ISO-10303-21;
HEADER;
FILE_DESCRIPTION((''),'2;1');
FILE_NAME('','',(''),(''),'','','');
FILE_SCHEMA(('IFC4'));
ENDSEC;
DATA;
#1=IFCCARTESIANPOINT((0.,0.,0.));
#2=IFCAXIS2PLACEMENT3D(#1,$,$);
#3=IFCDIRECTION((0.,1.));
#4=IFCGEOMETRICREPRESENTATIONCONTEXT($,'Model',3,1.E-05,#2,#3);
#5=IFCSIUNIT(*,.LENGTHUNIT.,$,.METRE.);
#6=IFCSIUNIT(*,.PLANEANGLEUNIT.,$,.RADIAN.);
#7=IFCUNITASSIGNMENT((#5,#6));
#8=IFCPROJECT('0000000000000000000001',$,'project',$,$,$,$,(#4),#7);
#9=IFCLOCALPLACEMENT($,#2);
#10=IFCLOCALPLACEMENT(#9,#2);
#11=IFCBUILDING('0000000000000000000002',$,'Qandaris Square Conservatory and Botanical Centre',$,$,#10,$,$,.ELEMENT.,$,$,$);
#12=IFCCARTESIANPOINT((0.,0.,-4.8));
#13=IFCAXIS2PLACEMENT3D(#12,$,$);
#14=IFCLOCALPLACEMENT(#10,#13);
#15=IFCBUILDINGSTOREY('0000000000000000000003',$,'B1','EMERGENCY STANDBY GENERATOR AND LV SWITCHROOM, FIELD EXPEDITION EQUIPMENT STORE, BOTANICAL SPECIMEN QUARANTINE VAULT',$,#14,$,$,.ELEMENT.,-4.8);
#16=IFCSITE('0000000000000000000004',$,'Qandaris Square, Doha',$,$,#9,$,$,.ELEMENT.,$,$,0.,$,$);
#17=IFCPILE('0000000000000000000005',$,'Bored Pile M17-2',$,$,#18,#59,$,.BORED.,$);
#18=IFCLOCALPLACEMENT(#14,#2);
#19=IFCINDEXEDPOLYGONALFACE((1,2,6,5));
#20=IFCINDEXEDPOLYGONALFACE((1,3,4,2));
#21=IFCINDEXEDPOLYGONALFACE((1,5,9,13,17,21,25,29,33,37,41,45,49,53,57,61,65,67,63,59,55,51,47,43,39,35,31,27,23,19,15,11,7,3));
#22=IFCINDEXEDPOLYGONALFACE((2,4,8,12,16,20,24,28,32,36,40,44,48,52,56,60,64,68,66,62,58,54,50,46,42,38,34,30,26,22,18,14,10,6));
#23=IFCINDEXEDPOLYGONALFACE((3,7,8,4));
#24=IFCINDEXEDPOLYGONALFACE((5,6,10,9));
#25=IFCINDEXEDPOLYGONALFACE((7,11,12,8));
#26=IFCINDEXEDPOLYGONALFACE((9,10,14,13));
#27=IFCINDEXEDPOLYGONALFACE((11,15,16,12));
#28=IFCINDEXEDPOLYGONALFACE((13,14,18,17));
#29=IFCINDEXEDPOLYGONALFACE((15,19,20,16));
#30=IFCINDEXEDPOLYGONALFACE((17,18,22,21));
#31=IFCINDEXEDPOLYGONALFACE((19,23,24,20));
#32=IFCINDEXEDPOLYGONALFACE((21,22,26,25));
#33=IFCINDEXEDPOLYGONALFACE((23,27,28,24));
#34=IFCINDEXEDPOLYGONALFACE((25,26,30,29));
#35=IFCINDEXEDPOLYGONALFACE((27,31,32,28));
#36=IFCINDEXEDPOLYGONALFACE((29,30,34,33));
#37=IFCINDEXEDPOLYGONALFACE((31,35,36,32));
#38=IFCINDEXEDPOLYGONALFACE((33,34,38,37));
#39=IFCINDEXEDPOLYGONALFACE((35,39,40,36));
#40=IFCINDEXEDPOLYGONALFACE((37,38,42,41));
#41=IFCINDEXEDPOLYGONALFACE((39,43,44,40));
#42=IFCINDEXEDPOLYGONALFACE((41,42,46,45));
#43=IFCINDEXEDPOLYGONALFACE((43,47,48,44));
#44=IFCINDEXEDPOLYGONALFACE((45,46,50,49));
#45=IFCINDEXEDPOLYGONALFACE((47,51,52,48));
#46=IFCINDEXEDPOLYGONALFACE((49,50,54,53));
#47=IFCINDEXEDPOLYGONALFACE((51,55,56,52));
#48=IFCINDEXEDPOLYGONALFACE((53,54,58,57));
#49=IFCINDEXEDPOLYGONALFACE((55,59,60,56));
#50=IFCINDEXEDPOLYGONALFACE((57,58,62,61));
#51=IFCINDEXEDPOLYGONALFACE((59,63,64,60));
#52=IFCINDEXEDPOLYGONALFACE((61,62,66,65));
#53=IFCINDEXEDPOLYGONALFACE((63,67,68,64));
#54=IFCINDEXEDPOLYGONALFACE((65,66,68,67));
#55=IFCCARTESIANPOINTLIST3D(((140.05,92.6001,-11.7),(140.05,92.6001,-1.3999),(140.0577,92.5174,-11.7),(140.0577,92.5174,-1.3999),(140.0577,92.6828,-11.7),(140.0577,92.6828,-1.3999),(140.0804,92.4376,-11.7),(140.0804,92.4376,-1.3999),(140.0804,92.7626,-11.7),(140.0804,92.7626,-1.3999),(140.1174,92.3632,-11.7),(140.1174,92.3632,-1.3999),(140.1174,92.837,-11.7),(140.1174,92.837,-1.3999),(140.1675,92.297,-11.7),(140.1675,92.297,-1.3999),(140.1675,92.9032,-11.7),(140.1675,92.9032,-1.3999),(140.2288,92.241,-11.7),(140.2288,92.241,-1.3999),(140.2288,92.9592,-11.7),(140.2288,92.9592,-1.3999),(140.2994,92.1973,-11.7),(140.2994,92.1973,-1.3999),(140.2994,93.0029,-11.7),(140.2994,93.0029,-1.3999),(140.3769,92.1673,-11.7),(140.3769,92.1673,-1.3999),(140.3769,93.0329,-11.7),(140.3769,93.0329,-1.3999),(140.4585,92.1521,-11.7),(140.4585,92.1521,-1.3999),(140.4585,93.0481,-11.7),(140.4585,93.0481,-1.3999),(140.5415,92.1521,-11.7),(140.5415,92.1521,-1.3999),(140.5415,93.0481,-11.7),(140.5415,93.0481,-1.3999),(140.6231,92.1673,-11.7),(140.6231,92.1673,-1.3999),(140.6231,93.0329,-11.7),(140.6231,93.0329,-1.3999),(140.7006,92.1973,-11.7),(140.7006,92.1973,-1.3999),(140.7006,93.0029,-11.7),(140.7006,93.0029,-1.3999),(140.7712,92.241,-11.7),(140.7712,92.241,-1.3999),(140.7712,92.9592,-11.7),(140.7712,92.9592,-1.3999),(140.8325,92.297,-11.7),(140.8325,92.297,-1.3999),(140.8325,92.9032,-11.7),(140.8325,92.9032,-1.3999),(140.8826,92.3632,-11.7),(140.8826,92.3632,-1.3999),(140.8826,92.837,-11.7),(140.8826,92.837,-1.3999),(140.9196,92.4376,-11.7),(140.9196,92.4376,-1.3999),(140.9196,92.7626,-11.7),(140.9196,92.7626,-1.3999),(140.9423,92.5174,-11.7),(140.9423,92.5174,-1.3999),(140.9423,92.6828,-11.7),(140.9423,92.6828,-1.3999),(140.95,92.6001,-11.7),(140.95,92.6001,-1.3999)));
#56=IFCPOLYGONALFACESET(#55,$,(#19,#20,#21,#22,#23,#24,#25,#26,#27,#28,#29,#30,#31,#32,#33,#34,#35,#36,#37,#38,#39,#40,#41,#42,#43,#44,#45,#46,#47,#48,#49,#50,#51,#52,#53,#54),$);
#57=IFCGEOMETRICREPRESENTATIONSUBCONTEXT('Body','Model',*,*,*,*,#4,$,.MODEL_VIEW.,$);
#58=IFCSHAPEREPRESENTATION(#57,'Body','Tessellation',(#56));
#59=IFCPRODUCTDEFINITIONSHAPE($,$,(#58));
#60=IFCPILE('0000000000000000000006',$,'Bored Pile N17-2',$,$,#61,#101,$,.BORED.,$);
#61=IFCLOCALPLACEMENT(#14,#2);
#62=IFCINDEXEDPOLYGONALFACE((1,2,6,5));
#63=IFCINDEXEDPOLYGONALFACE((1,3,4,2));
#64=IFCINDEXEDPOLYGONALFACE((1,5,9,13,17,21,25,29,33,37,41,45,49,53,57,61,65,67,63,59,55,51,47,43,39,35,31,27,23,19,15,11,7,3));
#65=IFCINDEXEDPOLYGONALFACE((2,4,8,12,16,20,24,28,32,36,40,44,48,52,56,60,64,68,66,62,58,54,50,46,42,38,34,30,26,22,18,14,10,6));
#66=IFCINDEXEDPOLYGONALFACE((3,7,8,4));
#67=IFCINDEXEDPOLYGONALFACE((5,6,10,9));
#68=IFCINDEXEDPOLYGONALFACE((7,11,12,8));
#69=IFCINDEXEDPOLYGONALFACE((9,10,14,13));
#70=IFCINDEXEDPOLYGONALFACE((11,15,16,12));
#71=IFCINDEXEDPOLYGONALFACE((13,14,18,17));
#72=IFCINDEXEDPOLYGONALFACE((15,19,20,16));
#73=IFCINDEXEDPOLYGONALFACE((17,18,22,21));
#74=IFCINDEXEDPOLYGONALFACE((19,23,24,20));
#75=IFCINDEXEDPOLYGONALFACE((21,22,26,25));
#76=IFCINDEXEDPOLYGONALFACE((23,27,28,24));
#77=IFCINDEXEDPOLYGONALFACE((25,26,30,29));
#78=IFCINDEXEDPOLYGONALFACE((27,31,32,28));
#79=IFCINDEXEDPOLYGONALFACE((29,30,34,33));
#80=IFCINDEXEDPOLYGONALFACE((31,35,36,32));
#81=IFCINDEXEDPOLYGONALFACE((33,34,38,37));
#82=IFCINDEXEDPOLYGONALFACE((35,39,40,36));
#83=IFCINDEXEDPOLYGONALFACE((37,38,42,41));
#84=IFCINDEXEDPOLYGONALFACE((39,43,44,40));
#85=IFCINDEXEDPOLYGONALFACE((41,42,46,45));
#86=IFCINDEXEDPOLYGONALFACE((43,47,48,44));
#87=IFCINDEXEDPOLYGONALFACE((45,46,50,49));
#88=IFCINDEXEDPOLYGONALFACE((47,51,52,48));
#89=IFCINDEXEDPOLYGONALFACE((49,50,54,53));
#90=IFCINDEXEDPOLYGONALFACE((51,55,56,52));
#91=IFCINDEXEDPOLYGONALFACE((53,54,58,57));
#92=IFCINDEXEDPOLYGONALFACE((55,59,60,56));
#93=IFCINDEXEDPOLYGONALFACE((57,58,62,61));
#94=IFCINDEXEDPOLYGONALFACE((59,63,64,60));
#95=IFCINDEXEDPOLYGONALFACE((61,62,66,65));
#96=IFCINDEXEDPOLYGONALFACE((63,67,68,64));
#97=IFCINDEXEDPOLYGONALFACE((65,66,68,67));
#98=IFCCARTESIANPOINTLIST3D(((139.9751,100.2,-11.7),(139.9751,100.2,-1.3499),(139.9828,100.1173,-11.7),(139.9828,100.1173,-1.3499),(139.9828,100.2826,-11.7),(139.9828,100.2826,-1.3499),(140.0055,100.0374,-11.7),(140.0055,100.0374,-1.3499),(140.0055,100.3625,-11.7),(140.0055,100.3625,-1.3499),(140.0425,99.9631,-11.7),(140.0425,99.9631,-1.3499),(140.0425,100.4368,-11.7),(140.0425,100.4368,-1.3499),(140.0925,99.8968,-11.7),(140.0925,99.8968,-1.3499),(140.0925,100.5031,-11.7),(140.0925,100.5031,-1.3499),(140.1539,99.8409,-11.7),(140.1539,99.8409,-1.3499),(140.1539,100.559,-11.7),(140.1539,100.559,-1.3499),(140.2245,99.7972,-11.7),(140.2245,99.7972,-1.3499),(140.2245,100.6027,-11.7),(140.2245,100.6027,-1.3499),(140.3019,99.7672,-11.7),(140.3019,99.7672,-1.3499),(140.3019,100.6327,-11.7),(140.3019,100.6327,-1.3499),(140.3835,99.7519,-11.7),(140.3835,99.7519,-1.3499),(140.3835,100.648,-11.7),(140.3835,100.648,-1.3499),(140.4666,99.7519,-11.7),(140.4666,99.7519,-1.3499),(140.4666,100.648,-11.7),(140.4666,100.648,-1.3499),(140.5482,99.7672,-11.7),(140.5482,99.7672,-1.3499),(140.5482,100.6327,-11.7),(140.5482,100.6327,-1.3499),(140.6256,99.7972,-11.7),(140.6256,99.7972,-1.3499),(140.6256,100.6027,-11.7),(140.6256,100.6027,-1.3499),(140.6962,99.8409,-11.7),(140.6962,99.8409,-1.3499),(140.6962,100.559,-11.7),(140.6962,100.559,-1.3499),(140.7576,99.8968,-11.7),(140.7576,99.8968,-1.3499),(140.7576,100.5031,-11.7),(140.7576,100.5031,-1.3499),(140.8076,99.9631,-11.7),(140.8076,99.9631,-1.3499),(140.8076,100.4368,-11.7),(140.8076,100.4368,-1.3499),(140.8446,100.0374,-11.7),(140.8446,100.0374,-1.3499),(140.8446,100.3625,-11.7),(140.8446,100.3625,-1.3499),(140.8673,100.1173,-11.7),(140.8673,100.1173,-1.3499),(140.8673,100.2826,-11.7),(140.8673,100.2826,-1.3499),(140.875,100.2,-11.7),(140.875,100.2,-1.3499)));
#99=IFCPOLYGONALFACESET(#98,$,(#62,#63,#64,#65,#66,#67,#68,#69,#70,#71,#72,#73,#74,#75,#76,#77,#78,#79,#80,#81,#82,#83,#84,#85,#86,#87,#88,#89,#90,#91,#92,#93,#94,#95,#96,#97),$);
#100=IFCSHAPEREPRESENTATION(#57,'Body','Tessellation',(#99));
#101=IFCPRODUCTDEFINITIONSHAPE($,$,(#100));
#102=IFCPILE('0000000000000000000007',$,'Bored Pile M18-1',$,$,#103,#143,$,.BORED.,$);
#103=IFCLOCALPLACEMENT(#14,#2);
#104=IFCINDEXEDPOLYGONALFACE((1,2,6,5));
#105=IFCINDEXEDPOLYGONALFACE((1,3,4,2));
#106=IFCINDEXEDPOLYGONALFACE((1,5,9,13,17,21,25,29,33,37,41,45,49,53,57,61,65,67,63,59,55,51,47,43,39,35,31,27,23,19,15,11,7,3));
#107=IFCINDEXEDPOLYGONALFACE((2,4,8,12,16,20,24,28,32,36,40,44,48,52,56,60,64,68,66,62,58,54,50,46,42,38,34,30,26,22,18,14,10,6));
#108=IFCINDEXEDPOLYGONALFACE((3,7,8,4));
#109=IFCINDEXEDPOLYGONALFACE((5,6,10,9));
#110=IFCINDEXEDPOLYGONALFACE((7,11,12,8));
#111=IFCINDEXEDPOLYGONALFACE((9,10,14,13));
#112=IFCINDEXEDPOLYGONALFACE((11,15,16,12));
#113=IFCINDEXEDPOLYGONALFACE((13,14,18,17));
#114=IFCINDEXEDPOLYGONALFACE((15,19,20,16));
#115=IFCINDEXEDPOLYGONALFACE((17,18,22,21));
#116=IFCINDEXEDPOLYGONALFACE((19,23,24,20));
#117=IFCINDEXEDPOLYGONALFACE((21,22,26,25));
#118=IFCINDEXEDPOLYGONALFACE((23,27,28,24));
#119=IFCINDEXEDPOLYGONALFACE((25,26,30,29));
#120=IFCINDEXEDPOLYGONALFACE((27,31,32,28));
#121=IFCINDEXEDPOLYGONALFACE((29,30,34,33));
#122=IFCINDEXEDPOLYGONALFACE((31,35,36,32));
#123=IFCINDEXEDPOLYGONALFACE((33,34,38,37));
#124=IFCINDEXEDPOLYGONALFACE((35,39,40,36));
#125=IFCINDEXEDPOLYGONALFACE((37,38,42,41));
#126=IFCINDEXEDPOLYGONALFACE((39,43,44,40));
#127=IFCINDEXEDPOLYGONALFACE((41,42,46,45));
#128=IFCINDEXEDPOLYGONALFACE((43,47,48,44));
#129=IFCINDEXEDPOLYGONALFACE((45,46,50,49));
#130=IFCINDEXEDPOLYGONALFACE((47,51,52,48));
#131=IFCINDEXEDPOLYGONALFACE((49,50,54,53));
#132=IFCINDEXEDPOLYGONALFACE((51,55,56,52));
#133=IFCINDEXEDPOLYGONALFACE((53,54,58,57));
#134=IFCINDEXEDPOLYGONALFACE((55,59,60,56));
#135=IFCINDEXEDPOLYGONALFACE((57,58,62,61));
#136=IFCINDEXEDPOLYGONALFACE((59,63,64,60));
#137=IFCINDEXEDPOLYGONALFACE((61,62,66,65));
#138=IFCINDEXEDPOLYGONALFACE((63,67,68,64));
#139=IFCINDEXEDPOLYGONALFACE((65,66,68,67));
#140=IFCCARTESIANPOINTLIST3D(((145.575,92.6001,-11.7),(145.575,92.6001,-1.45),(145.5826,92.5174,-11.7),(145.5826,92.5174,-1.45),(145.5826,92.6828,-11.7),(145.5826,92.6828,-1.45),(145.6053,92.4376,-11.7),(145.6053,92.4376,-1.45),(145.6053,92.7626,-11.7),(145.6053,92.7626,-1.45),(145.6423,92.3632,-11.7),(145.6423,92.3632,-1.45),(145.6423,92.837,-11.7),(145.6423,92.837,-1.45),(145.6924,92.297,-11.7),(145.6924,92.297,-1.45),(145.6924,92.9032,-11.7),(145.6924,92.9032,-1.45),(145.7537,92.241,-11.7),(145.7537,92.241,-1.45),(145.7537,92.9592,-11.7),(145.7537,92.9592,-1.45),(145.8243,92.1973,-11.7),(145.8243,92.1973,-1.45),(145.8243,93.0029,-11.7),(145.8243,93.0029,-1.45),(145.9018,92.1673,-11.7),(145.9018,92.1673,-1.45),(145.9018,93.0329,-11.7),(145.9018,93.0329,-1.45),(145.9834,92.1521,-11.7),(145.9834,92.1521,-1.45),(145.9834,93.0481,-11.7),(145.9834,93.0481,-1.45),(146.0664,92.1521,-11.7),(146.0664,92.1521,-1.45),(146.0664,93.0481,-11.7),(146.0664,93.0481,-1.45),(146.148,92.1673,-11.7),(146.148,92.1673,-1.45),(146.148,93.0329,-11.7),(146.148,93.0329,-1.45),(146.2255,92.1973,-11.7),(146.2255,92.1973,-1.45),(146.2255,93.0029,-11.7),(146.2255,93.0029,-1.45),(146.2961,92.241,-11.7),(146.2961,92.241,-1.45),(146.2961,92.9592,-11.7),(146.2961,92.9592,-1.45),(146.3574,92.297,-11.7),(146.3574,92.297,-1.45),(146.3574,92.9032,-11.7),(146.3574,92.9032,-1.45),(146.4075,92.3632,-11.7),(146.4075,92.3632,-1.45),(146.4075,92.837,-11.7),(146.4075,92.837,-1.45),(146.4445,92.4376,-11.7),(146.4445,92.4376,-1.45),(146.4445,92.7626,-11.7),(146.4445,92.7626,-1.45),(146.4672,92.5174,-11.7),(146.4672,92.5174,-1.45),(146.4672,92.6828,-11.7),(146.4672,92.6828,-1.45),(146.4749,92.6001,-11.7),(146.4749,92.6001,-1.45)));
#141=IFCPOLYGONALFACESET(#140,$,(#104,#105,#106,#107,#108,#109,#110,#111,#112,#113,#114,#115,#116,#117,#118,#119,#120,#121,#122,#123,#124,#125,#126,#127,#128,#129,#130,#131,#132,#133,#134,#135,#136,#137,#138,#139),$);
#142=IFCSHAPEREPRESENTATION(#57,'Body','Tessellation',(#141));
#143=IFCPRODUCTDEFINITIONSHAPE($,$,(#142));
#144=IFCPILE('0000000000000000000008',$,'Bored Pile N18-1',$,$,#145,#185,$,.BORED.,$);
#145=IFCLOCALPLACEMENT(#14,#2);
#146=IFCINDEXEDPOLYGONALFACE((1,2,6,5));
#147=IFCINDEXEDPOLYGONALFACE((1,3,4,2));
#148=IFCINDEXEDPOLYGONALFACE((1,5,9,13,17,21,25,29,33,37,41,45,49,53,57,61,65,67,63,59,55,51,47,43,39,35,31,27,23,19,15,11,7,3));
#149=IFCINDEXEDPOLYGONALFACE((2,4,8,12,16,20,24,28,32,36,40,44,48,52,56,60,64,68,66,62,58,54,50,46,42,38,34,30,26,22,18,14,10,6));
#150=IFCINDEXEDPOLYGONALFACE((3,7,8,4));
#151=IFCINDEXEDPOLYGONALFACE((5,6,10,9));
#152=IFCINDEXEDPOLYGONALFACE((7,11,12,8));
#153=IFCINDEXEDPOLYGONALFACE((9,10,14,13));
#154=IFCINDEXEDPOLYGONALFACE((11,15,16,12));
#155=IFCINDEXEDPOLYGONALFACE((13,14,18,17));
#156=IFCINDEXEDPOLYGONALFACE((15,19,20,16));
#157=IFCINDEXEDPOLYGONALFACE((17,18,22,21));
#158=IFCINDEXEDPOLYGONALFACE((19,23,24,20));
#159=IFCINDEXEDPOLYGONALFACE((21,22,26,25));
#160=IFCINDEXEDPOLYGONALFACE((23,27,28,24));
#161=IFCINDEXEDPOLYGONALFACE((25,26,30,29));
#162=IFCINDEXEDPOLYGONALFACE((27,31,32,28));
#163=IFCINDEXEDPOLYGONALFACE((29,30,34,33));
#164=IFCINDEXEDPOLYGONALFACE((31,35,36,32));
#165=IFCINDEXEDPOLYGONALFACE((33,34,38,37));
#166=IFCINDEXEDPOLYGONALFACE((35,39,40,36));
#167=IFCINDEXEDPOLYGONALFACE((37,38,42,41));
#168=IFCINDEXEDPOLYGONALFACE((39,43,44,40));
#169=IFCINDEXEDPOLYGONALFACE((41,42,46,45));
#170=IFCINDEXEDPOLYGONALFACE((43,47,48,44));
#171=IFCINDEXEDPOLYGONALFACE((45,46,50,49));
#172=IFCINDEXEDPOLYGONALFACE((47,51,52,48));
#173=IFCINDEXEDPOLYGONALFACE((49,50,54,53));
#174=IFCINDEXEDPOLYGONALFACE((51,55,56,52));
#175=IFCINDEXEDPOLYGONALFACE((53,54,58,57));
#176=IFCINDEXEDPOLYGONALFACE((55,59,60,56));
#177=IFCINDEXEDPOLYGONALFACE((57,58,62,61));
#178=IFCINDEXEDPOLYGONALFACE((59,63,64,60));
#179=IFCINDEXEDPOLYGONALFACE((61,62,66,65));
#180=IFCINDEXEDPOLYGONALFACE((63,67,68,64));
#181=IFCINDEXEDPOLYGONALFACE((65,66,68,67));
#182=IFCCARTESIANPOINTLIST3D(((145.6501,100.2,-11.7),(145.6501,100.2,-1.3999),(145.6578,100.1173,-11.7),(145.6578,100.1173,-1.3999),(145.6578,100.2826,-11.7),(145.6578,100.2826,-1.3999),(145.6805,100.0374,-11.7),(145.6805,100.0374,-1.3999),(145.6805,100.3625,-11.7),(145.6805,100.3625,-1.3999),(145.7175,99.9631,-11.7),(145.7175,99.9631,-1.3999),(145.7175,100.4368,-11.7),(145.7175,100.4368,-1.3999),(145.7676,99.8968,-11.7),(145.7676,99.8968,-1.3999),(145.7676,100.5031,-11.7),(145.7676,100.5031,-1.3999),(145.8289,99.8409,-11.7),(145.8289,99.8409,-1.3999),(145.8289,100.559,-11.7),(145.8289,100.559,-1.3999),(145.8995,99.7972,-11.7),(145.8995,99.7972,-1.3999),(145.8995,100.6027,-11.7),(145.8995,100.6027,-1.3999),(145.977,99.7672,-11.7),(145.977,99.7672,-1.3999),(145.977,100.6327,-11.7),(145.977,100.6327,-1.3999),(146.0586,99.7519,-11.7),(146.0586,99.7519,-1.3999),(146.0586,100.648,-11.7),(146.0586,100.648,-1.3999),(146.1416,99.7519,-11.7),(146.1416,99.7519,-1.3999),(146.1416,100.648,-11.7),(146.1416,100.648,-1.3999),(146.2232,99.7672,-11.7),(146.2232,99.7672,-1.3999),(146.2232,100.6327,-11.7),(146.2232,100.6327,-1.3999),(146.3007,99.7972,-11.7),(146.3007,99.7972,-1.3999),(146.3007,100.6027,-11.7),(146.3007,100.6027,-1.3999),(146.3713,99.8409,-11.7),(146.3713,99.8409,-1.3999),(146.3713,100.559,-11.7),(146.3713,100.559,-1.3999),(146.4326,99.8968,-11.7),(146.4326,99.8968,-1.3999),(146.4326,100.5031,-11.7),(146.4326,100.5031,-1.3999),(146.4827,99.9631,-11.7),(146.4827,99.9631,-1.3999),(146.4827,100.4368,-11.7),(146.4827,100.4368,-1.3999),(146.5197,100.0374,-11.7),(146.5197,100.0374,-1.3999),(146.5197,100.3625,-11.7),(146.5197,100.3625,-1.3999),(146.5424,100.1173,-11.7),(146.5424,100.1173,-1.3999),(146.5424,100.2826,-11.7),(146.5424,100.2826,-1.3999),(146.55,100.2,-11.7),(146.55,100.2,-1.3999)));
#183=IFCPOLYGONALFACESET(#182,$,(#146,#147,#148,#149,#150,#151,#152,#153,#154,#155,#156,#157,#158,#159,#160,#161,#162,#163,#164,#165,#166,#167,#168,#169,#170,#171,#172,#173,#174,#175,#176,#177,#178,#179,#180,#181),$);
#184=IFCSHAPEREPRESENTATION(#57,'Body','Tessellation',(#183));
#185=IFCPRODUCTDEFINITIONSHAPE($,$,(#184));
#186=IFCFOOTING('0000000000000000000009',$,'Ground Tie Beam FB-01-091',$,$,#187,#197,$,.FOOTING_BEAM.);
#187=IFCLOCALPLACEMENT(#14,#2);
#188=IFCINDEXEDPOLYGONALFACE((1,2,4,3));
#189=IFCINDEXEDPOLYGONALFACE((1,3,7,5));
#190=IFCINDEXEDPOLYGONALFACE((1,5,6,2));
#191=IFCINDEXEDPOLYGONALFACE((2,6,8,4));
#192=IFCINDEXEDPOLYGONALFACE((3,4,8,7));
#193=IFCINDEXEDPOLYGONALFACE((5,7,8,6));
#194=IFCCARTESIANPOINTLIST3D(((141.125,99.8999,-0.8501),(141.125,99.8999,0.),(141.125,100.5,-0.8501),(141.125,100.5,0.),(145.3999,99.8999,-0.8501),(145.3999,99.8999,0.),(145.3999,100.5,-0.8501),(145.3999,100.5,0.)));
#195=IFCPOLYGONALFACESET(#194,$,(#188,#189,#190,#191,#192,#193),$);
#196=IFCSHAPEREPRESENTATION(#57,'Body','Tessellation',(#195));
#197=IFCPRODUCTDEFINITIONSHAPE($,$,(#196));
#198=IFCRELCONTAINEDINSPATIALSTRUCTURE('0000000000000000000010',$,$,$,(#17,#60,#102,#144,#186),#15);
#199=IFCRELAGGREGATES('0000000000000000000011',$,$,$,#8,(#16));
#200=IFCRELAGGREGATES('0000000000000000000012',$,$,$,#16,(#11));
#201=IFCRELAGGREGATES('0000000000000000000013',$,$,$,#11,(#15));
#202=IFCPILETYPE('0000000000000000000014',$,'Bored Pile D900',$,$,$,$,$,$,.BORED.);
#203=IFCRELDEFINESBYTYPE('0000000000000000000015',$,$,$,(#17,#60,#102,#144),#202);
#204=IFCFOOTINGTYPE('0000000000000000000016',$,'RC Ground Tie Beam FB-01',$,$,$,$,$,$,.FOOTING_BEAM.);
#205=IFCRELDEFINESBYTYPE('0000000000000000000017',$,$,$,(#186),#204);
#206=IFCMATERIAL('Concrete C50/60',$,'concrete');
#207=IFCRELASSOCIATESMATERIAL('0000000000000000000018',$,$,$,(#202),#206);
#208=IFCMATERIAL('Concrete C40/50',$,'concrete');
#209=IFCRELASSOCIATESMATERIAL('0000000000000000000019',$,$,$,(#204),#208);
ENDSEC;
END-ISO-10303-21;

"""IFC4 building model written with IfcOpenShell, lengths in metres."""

from ifc_helpers import new_model, si_unit, direction, frame, origin, origin_2d, place, context, subcontext, project, spatial, rectangle, circle, extrude, material, material_profile, profile_set, type_object, element, save


model = new_model("IFC4")

# Units and contexts
model_context = context("Model", 3, precision=1e-05, world=origin(), true_north=direction((0.0, 1.0)))
body_context = subcontext(model_context, "Body", "Model", "MODEL_VIEW")
ifc_project = project(units=[si_unit("LENGTHUNIT", "METRE"), si_unit("PLANEANGLEUNIT", "RADIAN")], contexts=[model_context])

# Site, building, storey
site_placement = place(None, origin())
site = spatial("IfcSite", under=ifc_project, at=site_placement, Name="Qandaris Square, Doha", CompositionType="ELEMENT", RefElevation=0.0)
building_placement = place(site_placement, origin())
building = spatial("IfcBuilding", under=site, at=building_placement, Name="Qandaris Square Conservatory and Botanical Centre", CompositionType="ELEMENT")
storey_placement = place(building_placement, frame((0.0, 0.0, -4.8)))
storey = spatial("IfcBuildingStorey", under=building, at=storey_placement, Name="B1", Description="EMERGENCY STANDBY GENERATOR AND LV SWITCHROOM, FIELD EXPEDITION EQUIPMENT STORE, BOTANICAL SPECIMEN QUARANTINE VAULT", CompositionType="ELEMENT", Elevation=-4.8)

# Piles
ifc_material_1 = material(Name="Concrete C50/60", Category="concrete")
ifc_material_profile_1 = material_profile(ifc_material_1, circle(Radius=0.45, at=origin_2d()), Name="PILE D900")
ifc_profile_set_1 = profile_set([ifc_material_profile_1], Name="Concrete C50/60")
pile_type = type_object("IfcPileType", Name="Bored Pile D900", PredefinedType="BORED", material=ifc_profile_set_1)
pile_1_placement = place(storey_placement, frame((140.5, 92.6001, -1.3999), z_axis=(0.0, 0.0, -1.0), x_axis=(1.0, 0.0, 0.0)))
element("IfcPile", 1, at=pile_1_placement, inside=storey, type_object=pile_type, Name="Bored Pile M17-2", PredefinedType="BORED", context=body_context, shape_type="SweptSolid", body=[
    extrude(circle(Radius=0.45, at=origin_2d()), origin(), (0.0, 0.0, 1.0), 10.3),
])
pile_2_placement = place(storey_placement, frame((140.425, 100.2, -1.3499), z_axis=(0.0, 0.0, -1.0), x_axis=(1.0, 0.0, 0.0)))
element("IfcPile", 2, at=pile_2_placement, inside=storey, type_object=pile_type, Name="Bored Pile N17-2", PredefinedType="BORED", context=body_context, shape_type="SweptSolid", body=[
    extrude(circle(Radius=0.45, at=origin_2d()), origin(), (0.0, 0.0, 1.0), 10.3501),
])
pile_3_placement = place(storey_placement, frame((146.0249, 92.6001, -1.45), z_axis=(0.0, 0.0, -1.0), x_axis=(1.0, 0.0, 0.0)))
element("IfcPile", 3, at=pile_3_placement, inside=storey, type_object=pile_type, Name="Bored Pile M18-1", PredefinedType="BORED", context=body_context, shape_type="SweptSolid", body=[
    extrude(circle(Radius=0.45, at=origin_2d()), origin(), (0.0, 0.0, 1.0), 10.25),
])
pile_4_placement = place(storey_placement, frame((146.1001, 100.2, -1.3999), z_axis=(0.0, 0.0, -1.0), x_axis=(1.0, 0.0, 0.0)))
element("IfcPile", 4, at=pile_4_placement, inside=storey, type_object=pile_type, Name="Bored Pile N18-1", PredefinedType="BORED", context=body_context, shape_type="SweptSolid", body=[
    extrude(circle(Radius=0.45, at=origin_2d()), origin(), (0.0, 0.0, 1.0), 10.3),
])

# Footing
ifc_material_2 = material(Name="Concrete C40/50", Category="concrete")
ifc_material_profile_2 = material_profile(ifc_material_2, rectangle(XDim=0.6001, YDim=0.8501, at=origin_2d()), Name="FB 600x850")
ifc_profile_set_2 = profile_set([ifc_material_profile_2], Name="Concrete C40/50")
footing_type_1 = type_object("IfcFootingType", Name="RC Ground Tie Beam FB-01", PredefinedType="FOOTING_BEAM", material=ifc_profile_set_2)
footing_1_placement = place(storey_placement, frame((141.125, 100.2, -0.425), z_axis=(1.0, 0.0, 0.0), x_axis=(0.0, 1.0, 0.0)))
element("IfcFooting", 5, at=footing_1_placement, inside=storey, type_object=footing_type_1, Name="Ground Tie Beam FB-01-091", PredefinedType="FOOTING_BEAM", context=body_context, shape_type="SweptSolid", body=[
    extrude(rectangle(XDim=0.6001, YDim=0.8501, at=origin_2d()), origin(), (0.0, 0.0, 1.0), 4.2749),
])

save(model, "model.ifc")
